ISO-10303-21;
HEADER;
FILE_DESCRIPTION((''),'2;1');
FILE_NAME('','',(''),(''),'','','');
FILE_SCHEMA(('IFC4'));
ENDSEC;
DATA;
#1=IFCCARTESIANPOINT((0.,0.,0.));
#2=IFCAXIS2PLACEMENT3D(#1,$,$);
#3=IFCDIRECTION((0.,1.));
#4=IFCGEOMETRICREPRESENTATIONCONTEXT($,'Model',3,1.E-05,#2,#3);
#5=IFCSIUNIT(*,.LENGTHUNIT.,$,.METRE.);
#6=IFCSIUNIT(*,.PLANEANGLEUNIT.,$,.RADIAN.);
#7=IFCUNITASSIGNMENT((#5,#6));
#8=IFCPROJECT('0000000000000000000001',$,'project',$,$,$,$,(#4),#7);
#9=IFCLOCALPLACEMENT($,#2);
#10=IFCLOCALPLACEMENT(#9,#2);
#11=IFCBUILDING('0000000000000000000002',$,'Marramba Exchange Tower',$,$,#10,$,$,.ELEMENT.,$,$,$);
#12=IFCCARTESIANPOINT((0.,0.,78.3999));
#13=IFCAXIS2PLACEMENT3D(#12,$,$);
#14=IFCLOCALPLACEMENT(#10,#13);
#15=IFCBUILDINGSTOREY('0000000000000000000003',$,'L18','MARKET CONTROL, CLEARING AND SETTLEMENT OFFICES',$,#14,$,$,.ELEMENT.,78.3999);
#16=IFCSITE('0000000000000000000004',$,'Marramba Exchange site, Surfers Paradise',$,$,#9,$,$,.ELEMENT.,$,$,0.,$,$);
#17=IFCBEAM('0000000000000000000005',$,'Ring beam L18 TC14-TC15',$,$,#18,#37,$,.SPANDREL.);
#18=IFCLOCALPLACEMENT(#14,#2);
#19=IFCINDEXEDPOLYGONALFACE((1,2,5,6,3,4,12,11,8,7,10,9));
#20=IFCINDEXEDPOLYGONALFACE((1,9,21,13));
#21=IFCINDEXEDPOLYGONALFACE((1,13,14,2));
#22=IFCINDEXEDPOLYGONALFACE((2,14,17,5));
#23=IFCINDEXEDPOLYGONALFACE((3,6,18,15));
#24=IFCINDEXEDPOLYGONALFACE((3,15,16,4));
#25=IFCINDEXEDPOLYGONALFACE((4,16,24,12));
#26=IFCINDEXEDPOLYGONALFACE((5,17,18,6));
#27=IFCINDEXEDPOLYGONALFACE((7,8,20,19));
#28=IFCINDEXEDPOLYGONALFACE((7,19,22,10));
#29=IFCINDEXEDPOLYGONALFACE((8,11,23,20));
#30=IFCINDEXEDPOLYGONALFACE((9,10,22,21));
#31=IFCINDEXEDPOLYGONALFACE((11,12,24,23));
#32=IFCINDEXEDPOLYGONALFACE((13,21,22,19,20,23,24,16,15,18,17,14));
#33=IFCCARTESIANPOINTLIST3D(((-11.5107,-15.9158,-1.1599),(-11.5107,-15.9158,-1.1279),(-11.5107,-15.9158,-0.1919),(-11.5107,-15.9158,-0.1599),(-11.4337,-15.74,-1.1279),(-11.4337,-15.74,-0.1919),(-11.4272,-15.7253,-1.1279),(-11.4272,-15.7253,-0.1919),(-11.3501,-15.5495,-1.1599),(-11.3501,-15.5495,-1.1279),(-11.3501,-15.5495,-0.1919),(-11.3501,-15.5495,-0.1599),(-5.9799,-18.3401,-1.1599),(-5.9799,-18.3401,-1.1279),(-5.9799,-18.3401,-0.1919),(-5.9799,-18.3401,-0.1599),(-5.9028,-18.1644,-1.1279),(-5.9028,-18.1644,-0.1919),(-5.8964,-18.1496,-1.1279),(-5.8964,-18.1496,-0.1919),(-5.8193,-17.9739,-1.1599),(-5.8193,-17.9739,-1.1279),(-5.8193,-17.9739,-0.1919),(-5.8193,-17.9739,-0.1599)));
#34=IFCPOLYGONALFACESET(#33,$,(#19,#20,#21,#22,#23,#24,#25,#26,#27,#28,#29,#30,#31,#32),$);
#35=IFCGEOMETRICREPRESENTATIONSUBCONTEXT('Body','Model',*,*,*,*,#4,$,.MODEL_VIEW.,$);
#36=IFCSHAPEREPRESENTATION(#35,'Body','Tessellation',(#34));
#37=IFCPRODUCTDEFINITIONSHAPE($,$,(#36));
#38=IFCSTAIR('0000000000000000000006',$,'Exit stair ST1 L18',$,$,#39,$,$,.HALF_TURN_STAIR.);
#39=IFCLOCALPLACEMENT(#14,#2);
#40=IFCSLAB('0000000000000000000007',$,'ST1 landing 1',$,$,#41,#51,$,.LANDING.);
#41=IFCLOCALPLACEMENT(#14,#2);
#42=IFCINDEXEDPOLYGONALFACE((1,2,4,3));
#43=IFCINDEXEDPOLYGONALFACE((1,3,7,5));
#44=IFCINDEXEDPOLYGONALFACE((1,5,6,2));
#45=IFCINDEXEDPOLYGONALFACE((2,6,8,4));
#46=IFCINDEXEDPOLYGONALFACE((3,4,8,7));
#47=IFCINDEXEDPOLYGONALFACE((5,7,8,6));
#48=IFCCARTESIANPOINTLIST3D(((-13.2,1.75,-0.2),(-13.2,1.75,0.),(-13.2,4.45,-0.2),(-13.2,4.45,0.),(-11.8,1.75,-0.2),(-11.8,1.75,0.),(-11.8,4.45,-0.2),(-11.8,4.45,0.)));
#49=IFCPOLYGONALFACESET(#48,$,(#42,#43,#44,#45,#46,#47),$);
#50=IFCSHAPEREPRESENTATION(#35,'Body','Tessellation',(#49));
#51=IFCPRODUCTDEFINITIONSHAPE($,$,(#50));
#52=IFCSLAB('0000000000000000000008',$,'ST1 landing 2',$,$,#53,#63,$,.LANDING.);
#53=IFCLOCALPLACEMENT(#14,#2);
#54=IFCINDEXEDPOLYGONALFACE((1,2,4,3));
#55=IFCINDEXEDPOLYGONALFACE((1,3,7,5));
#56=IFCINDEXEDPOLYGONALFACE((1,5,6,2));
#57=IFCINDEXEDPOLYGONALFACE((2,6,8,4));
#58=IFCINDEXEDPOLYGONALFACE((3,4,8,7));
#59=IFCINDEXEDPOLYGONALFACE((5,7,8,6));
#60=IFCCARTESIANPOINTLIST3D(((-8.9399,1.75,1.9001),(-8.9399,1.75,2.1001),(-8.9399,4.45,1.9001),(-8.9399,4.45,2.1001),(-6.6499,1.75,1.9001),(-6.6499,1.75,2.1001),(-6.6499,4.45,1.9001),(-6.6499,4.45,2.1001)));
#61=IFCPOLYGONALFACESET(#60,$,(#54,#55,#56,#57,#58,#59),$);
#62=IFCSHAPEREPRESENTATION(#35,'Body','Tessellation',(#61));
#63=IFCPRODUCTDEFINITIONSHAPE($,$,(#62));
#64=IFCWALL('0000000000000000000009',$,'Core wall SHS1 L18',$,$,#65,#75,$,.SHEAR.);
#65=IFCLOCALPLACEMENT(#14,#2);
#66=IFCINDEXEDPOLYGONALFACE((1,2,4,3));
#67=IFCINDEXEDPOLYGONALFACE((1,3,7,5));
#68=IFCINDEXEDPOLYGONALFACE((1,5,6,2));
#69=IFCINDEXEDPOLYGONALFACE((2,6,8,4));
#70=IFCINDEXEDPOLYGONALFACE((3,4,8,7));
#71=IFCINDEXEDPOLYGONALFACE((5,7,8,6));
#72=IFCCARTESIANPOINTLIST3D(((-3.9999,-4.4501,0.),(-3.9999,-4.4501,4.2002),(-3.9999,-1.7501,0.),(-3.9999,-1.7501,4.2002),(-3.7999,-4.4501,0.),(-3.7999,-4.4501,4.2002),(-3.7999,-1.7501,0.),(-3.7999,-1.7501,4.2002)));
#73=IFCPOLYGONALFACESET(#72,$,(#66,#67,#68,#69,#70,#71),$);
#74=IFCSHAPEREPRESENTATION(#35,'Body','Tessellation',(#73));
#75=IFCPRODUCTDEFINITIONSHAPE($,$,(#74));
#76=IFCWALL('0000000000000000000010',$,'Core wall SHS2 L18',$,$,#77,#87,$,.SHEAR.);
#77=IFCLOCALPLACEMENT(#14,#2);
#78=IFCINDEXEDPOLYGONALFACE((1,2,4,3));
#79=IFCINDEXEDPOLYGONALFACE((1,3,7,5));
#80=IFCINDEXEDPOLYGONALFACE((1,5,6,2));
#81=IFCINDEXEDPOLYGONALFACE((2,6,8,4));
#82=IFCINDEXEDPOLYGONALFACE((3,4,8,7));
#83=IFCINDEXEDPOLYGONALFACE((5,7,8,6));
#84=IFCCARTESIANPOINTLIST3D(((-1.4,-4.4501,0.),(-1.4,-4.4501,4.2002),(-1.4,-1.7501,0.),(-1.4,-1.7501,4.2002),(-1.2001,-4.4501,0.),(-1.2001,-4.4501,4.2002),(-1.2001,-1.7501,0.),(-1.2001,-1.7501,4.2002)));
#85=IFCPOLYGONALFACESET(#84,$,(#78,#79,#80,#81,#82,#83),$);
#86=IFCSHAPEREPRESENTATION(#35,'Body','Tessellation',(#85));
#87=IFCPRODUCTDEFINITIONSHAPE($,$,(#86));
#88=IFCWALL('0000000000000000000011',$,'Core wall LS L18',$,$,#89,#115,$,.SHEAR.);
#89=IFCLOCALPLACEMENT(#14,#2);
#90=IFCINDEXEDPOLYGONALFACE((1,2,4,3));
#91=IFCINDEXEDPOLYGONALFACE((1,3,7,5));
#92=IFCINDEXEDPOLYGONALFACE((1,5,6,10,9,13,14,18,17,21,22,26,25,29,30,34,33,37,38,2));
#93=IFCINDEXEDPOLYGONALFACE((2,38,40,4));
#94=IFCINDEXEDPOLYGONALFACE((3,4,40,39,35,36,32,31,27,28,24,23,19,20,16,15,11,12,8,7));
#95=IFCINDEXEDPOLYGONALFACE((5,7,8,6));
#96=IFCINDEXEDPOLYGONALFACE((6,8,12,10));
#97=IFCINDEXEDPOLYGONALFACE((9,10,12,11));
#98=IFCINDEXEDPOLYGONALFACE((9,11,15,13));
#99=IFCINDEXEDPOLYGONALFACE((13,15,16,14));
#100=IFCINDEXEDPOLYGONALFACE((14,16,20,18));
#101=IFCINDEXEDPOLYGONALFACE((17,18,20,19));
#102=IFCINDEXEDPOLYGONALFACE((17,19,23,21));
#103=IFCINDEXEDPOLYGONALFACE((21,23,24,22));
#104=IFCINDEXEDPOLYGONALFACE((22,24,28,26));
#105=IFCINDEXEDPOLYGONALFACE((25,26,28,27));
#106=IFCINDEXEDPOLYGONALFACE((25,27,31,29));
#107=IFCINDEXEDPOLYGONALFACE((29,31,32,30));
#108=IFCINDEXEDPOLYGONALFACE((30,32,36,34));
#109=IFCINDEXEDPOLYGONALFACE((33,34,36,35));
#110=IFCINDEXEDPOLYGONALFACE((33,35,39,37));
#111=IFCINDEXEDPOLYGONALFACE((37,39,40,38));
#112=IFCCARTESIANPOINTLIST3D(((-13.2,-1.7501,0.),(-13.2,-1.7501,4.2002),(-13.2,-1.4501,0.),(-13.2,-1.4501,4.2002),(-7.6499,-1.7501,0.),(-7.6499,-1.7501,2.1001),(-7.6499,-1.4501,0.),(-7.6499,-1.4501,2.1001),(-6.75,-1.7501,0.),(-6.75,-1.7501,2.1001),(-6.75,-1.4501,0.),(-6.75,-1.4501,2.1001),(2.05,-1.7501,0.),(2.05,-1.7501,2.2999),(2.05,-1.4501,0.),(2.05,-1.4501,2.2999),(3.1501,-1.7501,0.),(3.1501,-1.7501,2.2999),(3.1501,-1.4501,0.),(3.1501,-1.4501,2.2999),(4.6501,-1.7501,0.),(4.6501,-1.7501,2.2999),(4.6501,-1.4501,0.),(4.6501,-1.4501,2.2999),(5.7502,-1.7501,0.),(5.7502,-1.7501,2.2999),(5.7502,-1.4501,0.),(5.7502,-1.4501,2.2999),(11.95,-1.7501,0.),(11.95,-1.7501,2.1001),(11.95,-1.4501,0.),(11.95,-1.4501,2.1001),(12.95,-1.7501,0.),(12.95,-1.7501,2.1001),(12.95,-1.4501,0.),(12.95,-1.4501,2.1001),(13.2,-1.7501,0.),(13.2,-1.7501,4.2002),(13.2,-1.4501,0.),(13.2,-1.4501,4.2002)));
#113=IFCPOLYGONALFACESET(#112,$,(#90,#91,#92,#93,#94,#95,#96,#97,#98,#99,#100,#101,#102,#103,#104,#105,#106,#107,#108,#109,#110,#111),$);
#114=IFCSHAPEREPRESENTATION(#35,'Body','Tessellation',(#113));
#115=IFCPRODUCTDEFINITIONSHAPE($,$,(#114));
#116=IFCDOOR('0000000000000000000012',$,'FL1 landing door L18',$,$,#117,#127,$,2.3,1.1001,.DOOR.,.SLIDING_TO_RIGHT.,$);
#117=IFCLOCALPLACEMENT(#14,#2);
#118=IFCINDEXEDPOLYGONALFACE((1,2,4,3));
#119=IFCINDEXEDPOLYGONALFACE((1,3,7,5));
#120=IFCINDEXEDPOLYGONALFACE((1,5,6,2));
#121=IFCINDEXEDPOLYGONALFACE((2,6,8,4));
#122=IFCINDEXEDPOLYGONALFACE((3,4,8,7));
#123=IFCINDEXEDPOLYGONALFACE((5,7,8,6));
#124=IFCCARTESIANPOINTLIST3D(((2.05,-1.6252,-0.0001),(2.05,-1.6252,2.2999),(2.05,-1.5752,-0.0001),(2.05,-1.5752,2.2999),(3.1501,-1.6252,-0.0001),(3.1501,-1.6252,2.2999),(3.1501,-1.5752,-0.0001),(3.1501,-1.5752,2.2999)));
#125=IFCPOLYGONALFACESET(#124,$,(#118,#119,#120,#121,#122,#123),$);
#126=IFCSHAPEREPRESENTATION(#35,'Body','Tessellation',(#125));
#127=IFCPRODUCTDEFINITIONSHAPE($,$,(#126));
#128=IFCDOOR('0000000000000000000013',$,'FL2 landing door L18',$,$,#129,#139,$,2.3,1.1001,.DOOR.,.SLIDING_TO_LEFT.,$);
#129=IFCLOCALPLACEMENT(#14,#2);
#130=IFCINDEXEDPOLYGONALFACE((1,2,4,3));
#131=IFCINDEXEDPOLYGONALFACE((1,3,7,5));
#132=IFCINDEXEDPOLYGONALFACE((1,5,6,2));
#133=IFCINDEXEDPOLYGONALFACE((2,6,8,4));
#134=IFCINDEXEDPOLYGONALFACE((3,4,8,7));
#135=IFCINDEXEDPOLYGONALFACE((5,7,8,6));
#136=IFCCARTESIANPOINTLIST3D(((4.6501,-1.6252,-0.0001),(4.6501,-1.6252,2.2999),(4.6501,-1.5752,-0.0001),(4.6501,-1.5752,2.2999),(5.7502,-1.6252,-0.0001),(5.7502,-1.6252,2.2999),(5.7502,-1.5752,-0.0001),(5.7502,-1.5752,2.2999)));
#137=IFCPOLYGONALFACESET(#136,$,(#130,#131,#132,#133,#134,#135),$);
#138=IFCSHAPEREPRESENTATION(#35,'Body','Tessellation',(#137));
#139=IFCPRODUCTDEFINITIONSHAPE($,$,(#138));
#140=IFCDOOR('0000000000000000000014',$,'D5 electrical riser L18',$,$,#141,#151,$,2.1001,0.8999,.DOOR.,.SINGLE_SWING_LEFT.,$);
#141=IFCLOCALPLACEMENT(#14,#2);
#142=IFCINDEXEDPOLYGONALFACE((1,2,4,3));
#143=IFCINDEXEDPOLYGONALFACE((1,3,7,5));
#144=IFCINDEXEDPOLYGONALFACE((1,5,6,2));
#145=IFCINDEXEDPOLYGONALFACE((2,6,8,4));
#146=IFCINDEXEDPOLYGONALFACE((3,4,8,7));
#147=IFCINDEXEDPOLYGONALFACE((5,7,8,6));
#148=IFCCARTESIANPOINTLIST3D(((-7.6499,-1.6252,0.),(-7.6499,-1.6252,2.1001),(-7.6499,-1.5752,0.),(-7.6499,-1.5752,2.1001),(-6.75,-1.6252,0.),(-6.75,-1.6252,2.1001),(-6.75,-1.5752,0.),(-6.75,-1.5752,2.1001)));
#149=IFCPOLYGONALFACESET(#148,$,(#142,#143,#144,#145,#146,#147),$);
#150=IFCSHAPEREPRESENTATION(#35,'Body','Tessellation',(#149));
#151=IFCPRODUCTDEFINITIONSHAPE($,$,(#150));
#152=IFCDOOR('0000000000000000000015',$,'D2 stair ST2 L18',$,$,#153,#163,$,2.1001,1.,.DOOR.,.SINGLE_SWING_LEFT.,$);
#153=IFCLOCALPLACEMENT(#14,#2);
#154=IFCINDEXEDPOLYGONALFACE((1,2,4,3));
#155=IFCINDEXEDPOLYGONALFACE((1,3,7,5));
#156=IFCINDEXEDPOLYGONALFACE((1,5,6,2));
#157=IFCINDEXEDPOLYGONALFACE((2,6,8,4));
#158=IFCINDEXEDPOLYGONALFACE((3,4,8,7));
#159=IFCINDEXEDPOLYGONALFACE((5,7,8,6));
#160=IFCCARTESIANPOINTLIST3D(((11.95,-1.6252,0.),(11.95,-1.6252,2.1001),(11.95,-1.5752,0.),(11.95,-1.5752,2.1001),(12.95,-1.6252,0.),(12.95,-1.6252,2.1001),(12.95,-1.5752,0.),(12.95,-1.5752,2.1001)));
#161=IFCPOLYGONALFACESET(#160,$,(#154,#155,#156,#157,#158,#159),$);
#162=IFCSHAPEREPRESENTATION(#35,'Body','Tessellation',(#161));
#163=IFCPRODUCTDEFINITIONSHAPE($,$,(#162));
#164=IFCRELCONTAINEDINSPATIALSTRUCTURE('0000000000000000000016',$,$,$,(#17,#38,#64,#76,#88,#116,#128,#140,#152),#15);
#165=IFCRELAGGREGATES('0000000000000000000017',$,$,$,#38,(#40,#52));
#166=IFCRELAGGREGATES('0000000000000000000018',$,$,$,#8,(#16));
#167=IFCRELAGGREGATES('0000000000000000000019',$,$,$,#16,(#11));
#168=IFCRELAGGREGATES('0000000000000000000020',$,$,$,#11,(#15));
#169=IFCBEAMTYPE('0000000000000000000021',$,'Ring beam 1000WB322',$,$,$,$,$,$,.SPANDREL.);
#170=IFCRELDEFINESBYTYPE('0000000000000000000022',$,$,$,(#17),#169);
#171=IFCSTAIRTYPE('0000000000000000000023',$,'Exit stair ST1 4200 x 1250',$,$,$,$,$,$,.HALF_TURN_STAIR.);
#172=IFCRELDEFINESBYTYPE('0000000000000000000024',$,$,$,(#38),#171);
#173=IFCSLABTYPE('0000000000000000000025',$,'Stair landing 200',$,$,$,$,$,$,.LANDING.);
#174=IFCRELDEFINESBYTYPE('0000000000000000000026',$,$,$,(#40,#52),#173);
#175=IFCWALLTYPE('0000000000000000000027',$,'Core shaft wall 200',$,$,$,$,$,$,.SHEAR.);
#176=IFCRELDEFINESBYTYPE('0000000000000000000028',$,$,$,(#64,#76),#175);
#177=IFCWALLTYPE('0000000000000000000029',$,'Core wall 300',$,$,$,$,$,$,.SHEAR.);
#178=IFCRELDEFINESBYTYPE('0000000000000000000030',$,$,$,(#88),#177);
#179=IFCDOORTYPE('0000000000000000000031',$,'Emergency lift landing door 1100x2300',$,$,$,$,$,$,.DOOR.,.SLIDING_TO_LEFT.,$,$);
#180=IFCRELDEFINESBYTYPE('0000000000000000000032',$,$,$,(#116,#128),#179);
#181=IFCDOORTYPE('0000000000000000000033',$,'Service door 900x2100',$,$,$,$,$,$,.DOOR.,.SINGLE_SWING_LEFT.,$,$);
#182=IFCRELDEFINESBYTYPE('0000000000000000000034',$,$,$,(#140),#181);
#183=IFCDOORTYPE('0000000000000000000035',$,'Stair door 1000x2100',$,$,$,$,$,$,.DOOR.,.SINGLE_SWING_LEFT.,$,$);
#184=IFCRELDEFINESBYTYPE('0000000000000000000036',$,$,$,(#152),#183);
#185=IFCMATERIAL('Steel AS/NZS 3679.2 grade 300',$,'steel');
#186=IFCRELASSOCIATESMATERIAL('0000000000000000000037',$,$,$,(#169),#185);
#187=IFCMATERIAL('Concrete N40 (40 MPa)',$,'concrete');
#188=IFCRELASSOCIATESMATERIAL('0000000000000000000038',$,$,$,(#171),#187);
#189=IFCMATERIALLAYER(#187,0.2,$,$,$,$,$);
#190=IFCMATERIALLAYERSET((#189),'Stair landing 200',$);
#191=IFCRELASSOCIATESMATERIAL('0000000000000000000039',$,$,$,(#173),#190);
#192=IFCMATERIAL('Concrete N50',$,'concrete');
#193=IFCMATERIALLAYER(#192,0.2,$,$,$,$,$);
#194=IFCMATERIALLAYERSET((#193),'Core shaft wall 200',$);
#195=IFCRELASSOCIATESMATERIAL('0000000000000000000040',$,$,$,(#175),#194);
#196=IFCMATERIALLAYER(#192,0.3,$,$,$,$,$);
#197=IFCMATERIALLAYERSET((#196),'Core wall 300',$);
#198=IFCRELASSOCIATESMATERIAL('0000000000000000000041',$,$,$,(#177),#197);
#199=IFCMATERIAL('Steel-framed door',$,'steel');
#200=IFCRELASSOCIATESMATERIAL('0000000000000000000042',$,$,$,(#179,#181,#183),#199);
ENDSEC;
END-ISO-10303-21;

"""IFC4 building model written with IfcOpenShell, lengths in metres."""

from ifc_helpers import new_model, si_unit, direction, frame, frame_2d, origin, origin_2d, place, context, subcontext, project, spatial, polyline, rectangle, i_section, outline, extrude, material, layer, layer_set, material_profile, profile_set, type_object, element, fill, aggregate, save


model = new_model("IFC4")

# Units and contexts
model_context = context("Model", 3, precision=1e-05, world=origin(), true_north=direction((0.0, 1.0)))
body_context = subcontext(model_context, "Body", "Model", "MODEL_VIEW")
ifc_project = project(units=[si_unit("LENGTHUNIT", "METRE"), si_unit("PLANEANGLEUNIT", "RADIAN")], contexts=[model_context])

# Site, building, storey
site_placement = place(None, origin())
site = spatial("IfcSite", under=ifc_project, at=site_placement, Name="Marramba Exchange site, Surfers Paradise", CompositionType="ELEMENT", RefElevation=0.0)
building_placement = place(site_placement, origin())
building = spatial("IfcBuilding", under=site, at=building_placement, Name="Marramba Exchange Tower", CompositionType="ELEMENT")
storey_placement = place(building_placement, frame((0.0, 0.0, 78.3999)))
storey = spatial("IfcBuildingStorey", under=building, at=storey_placement, Name="L18", Description="MARKET CONTROL, CLEARING AND SETTLEMENT OFFICES", CompositionType="ELEMENT", Elevation=78.3999)

# Shared definitions
ifc_material_1 = material(Name="Concrete N50", Category="concrete")

# Beam
ifc_material_2 = material(Name="Steel AS/NZS 3679.2 grade 300", Category="steel")
ifc_material_profile_1 = material_profile(ifc_material_2, i_section(OverallWidth=0.3999, OverallDepth=1.0, WebThickness=0.0161, FlangeThickness=0.032, at=origin_2d()), Name="1000WB322")
ifc_profile_set_1 = profile_set([ifc_material_profile_1], Name="Steel AS/NZS 3679.2 grade 300")
beam_type_1 = type_object("IfcBeamType", Name="Ring beam 1000WB322", PredefinedType="SPANDREL", material=ifc_profile_set_1)
beam_1_placement = place(storey_placement, frame((-11.4304, -15.7327, -0.6599), z_axis=(0.915877, -0.401459, 0.0), x_axis=(0.401459, 0.915877, 0.0)))
element("IfcBeam", 1, at=beam_1_placement, inside=storey, type_object=beam_type_1, Name="Ring beam L18 TC14-TC15", PredefinedType="SPANDREL", context=body_context, shape_type="SweptSolid", body=[
    extrude(i_section(OverallWidth=0.3999, OverallDepth=1.0, WebThickness=0.0161, FlangeThickness=0.032, at=origin_2d()), origin(), (0.0, 0.0, 1.0), 6.0388),
])

# Stair, slabs
ifc_material_3 = material(Name="Concrete N40 (40 MPa)", Category="concrete")
stair_type = type_object("IfcStairType", Name="Exit stair ST1 4200 x 1250", PredefinedType="HALF_TURN_STAIR", material=ifc_material_3)
stair_placement = place(storey_placement, origin())
stair = element("IfcStair", 2, at=stair_placement, inside=storey, type_object=stair_type, Name="Exit stair ST1 L18", PredefinedType="HALF_TURN_STAIR")
ifc_layer_1 = layer(ifc_material_3, 0.2)
ifc_layer_set_1 = layer_set([ifc_layer_1], Name="Stair landing 200")
slab_type_1 = type_object("IfcSlabType", Name="Stair landing 200", PredefinedType="LANDING", material=ifc_layer_set_1)
slab_1_placement = place(storey_placement, frame((0.0, 0.0, -0.2)))
slab_1 = element("IfcSlab", 3, at=slab_1_placement, type_object=slab_type_1, Name="ST1 landing 1", PredefinedType="LANDING", context=body_context, shape_type="SweptSolid", body=[
    extrude(outline(polyline([(-13.2, 1.75), (-11.8, 1.75), (-11.8, 4.45), (-13.2, 4.45), (-13.2, 1.75)])), origin(), (0.0, 0.0, 1.0), 0.2),
])
slab_2_placement = place(storey_placement, frame((0.0, 0.0, 1.9001)))
slab_2 = element("IfcSlab", 4, at=slab_2_placement, type_object=slab_type_1, Name="ST1 landing 2", PredefinedType="LANDING", context=body_context, shape_type="SweptSolid", body=[
    extrude(outline(polyline([(-8.9399, 1.75), (-6.6499, 1.75), (-6.6499, 4.45), (-8.9399, 4.45), (-8.9399, 1.75)])), origin(), (0.0, 0.0, 1.0), 0.2),
])
aggregate(stair, [slab_1, slab_2])

# Walls
ifc_layer_2 = layer(ifc_material_1, 0.2)
ifc_layer_set_2 = layer_set([ifc_layer_2], Name="Core shaft wall 200")
wall_type_1 = type_object("IfcWallType", Name="Core shaft wall 200", PredefinedType="SHEAR", material=ifc_layer_set_2)
for number, where, z_axis, x_axis, name in (
    (5, (-3.8999, -1.75, 0.0), (0.0, 0.0, 1.0), (0.0, -1.0, 0.0), "Core wall SHS1 L18"),
    (6, (-1.3, -1.75, 0.0), (0.0, 0.0, 1.0), (0.0, -1.0, 0.0), "Core wall SHS2 L18"),
):
    element("IfcWall", number, at=place(storey_placement, frame(where, z_axis=z_axis, x_axis=x_axis)), inside=storey, type_object=wall_type_1, Name=name, PredefinedType="SHEAR", context=body_context, shape_type="SweptSolid", body=[
        extrude(rectangle(XDim=2.7, YDim=0.2, at=frame_2d((1.3501, 0.0))), origin(), (0.0, 0.0, 1.0), 4.2002),
    ])

# Wall, openings, doors
ifc_layer_3 = layer(ifc_material_1, 0.3)
ifc_layer_set_3 = layer_set([ifc_layer_3], Name="Core wall 300")
wall_type_2 = type_object("IfcWallType", Name="Core wall 300", PredefinedType="SHEAR", material=ifc_layer_set_3)
wall_1_placement = place(storey_placement, frame((-13.2, -1.6001, 0.0), z_axis=(0.0, 0.0, 1.0), x_axis=(1.0, 0.0, 0.0)))
wall_1 = element("IfcWall", 7, at=wall_1_placement, inside=storey, type_object=wall_type_2, Name="Core wall LS L18", PredefinedType="SHEAR", context=body_context, shape_type="SweptSolid", body=[
    extrude(rectangle(XDim=26.3999, YDim=0.3, at=frame_2d((13.2, 0.0))), origin(), (0.0, 0.0, 1.0), 4.2002),
])
opening_1_placement = place(wall_1_placement, frame((25.1499, 0.0, 0.0)))
opening_1 = element("IfcOpeningElement", 8, at=opening_1_placement, cuts=wall_1, PredefinedType="OPENING", context=body_context, shape_type="SweptSolid", body=[
    extrude(rectangle(XDim=1.0, YDim=2.1001, at=frame_2d((0.5, 1.05))), frame((0.0, 0.1599, 0.0), z_axis=(0.0, -1.0, 0.0), x_axis=(1.0, 0.0, 0.0)), (0.0, 0.0, 1.0), 0.3201),
])
opening_2_placement = place(wall_1_placement, frame((15.25, 0.0, 0.0)))
opening_2 = element("IfcOpeningElement", 9, at=opening_2_placement, cuts=wall_1, PredefinedType="OPENING", context=body_context, shape_type="SweptSolid", body=[
    extrude(rectangle(XDim=1.1001, YDim=2.3, at=frame_2d((0.55, 1.1499))), frame((0.0, 0.1599, 0.0), z_axis=(0.0, -1.0, 0.0), x_axis=(1.0, 0.0, 0.0)), (0.0, 0.0, 1.0), 0.3201),
])
opening_3_placement = place(wall_1_placement, frame((17.8501, 0.0, 0.0)))
opening_3 = element("IfcOpeningElement", 10, at=opening_3_placement, cuts=wall_1, PredefinedType="OPENING", context=body_context, shape_type="SweptSolid", body=[
    extrude(rectangle(XDim=1.1001, YDim=2.3, at=frame_2d((0.55, 1.1499))), frame((0.0, 0.1599, 0.0), z_axis=(0.0, -1.0, 0.0), x_axis=(1.0, 0.0, 0.0)), (0.0, 0.0, 1.0), 0.3201),
])
opening_4_placement = place(wall_1_placement, frame((5.55, 0.0, 0.0)))
opening_4 = element("IfcOpeningElement", 11, at=opening_4_placement, cuts=wall_1, PredefinedType="OPENING", context=body_context, shape_type="SweptSolid", body=[
    extrude(rectangle(XDim=0.8999, YDim=2.1001, at=frame_2d((0.45, 1.05))), frame((0.0, 0.1599, 0.0), z_axis=(0.0, -1.0, 0.0), x_axis=(1.0, 0.0, 0.0)), (0.0, 0.0, 1.0), 0.3201),
])
ifc_material_4 = material(Name="Steel-framed door", Category="steel")
door_type_1 = type_object("IfcDoorType", Name="Emergency lift landing door 1100x2300", OperationType="SLIDING_TO_LEFT", PredefinedType="DOOR", material=ifc_material_4)
door_1_placement = place(opening_2_placement, frame((1.1001, 0.0, 0.0), z_axis=(0.0, 0.0, 1.0), x_axis=(-1.0, 0.0, 0.0)))
door_1 = element("IfcDoor", 12, at=door_1_placement, inside=storey, type_object=door_type_1, Name="FL1 landing door L18", OperationType="SLIDING_TO_RIGHT", OverallHeight=2.3, OverallWidth=1.1001, PredefinedType="DOOR", context=body_context, shape_type="SweptSolid", body=[
    extrude(rectangle(XDim=1.1001, YDim=2.3, at=frame_2d((0.55, 1.1499))), frame((0.0, 0.0251, 0.0), z_axis=(0.0, -1.0, 0.0), x_axis=(1.0, 0.0, 0.0)), (0.0, 0.0, 1.0), 0.05),
])
fill(opening_2, door_1)
door_2_placement = place(opening_3_placement, frame((1.1001, 0.0, 0.0), z_axis=(0.0, 0.0, 1.0), x_axis=(-1.0, 0.0, 0.0)))
door_2 = element("IfcDoor", 13, at=door_2_placement, inside=storey, type_object=door_type_1, Name="FL2 landing door L18", OperationType="SLIDING_TO_LEFT", OverallHeight=2.3, OverallWidth=1.1001, PredefinedType="DOOR", context=body_context, shape_type="SweptSolid", body=[
    extrude(rectangle(XDim=1.1001, YDim=2.3, at=frame_2d((0.55, 1.1499))), frame((0.0, 0.0251, 0.0), z_axis=(0.0, -1.0, 0.0), x_axis=(1.0, 0.0, 0.0)), (0.0, 0.0, 1.0), 0.05),
])
fill(opening_3, door_2)
door_type_2 = type_object("IfcDoorType", Name="Service door 900x2100", OperationType="SINGLE_SWING_LEFT", PredefinedType="DOOR", material=ifc_material_4)
door_3_placement = place(opening_4_placement, frame((0.8999, 0.0, 0.0), z_axis=(0.0, 0.0, 1.0), x_axis=(-1.0, 0.0, 0.0)))
door_3 = element("IfcDoor", 14, at=door_3_placement, inside=storey, type_object=door_type_2, Name="D5 electrical riser L18", OperationType="SINGLE_SWING_LEFT", OverallHeight=2.1001, OverallWidth=0.8999, PredefinedType="DOOR", context=body_context, shape_type="SweptSolid", body=[
    extrude(rectangle(XDim=0.8999, YDim=2.1001, at=frame_2d((0.45, 1.05))), frame((0.0, 0.0251, 0.0), z_axis=(0.0, -1.0, 0.0), x_axis=(1.0, 0.0, 0.0)), (0.0, 0.0, 1.0), 0.05),
])
fill(opening_4, door_3)
door_type_3 = type_object("IfcDoorType", Name="Stair door 1000x2100", OperationType="SINGLE_SWING_LEFT", PredefinedType="DOOR", material=ifc_material_4)
door_4_placement = place(opening_1_placement, frame((1.0, 0.0, 0.0), z_axis=(0.0, 0.0, 1.0), x_axis=(-1.0, 0.0, 0.0)))
door_4 = element("IfcDoor", 15, at=door_4_placement, inside=storey, type_object=door_type_3, Name="D2 stair ST2 L18", OperationType="SINGLE_SWING_LEFT", OverallHeight=2.1001, OverallWidth=1.0, PredefinedType="DOOR", context=body_context, shape_type="SweptSolid", body=[
    extrude(rectangle(XDim=1.0, YDim=2.1001, at=frame_2d((0.5, 1.05))), frame((0.0, 0.0251, 0.0), z_axis=(0.0, -1.0, 0.0), x_axis=(1.0, 0.0, 0.0)), (0.0, 0.0, 1.0), 0.05),
])
fill(opening_1, door_4)

save(model, "model.ifc")
